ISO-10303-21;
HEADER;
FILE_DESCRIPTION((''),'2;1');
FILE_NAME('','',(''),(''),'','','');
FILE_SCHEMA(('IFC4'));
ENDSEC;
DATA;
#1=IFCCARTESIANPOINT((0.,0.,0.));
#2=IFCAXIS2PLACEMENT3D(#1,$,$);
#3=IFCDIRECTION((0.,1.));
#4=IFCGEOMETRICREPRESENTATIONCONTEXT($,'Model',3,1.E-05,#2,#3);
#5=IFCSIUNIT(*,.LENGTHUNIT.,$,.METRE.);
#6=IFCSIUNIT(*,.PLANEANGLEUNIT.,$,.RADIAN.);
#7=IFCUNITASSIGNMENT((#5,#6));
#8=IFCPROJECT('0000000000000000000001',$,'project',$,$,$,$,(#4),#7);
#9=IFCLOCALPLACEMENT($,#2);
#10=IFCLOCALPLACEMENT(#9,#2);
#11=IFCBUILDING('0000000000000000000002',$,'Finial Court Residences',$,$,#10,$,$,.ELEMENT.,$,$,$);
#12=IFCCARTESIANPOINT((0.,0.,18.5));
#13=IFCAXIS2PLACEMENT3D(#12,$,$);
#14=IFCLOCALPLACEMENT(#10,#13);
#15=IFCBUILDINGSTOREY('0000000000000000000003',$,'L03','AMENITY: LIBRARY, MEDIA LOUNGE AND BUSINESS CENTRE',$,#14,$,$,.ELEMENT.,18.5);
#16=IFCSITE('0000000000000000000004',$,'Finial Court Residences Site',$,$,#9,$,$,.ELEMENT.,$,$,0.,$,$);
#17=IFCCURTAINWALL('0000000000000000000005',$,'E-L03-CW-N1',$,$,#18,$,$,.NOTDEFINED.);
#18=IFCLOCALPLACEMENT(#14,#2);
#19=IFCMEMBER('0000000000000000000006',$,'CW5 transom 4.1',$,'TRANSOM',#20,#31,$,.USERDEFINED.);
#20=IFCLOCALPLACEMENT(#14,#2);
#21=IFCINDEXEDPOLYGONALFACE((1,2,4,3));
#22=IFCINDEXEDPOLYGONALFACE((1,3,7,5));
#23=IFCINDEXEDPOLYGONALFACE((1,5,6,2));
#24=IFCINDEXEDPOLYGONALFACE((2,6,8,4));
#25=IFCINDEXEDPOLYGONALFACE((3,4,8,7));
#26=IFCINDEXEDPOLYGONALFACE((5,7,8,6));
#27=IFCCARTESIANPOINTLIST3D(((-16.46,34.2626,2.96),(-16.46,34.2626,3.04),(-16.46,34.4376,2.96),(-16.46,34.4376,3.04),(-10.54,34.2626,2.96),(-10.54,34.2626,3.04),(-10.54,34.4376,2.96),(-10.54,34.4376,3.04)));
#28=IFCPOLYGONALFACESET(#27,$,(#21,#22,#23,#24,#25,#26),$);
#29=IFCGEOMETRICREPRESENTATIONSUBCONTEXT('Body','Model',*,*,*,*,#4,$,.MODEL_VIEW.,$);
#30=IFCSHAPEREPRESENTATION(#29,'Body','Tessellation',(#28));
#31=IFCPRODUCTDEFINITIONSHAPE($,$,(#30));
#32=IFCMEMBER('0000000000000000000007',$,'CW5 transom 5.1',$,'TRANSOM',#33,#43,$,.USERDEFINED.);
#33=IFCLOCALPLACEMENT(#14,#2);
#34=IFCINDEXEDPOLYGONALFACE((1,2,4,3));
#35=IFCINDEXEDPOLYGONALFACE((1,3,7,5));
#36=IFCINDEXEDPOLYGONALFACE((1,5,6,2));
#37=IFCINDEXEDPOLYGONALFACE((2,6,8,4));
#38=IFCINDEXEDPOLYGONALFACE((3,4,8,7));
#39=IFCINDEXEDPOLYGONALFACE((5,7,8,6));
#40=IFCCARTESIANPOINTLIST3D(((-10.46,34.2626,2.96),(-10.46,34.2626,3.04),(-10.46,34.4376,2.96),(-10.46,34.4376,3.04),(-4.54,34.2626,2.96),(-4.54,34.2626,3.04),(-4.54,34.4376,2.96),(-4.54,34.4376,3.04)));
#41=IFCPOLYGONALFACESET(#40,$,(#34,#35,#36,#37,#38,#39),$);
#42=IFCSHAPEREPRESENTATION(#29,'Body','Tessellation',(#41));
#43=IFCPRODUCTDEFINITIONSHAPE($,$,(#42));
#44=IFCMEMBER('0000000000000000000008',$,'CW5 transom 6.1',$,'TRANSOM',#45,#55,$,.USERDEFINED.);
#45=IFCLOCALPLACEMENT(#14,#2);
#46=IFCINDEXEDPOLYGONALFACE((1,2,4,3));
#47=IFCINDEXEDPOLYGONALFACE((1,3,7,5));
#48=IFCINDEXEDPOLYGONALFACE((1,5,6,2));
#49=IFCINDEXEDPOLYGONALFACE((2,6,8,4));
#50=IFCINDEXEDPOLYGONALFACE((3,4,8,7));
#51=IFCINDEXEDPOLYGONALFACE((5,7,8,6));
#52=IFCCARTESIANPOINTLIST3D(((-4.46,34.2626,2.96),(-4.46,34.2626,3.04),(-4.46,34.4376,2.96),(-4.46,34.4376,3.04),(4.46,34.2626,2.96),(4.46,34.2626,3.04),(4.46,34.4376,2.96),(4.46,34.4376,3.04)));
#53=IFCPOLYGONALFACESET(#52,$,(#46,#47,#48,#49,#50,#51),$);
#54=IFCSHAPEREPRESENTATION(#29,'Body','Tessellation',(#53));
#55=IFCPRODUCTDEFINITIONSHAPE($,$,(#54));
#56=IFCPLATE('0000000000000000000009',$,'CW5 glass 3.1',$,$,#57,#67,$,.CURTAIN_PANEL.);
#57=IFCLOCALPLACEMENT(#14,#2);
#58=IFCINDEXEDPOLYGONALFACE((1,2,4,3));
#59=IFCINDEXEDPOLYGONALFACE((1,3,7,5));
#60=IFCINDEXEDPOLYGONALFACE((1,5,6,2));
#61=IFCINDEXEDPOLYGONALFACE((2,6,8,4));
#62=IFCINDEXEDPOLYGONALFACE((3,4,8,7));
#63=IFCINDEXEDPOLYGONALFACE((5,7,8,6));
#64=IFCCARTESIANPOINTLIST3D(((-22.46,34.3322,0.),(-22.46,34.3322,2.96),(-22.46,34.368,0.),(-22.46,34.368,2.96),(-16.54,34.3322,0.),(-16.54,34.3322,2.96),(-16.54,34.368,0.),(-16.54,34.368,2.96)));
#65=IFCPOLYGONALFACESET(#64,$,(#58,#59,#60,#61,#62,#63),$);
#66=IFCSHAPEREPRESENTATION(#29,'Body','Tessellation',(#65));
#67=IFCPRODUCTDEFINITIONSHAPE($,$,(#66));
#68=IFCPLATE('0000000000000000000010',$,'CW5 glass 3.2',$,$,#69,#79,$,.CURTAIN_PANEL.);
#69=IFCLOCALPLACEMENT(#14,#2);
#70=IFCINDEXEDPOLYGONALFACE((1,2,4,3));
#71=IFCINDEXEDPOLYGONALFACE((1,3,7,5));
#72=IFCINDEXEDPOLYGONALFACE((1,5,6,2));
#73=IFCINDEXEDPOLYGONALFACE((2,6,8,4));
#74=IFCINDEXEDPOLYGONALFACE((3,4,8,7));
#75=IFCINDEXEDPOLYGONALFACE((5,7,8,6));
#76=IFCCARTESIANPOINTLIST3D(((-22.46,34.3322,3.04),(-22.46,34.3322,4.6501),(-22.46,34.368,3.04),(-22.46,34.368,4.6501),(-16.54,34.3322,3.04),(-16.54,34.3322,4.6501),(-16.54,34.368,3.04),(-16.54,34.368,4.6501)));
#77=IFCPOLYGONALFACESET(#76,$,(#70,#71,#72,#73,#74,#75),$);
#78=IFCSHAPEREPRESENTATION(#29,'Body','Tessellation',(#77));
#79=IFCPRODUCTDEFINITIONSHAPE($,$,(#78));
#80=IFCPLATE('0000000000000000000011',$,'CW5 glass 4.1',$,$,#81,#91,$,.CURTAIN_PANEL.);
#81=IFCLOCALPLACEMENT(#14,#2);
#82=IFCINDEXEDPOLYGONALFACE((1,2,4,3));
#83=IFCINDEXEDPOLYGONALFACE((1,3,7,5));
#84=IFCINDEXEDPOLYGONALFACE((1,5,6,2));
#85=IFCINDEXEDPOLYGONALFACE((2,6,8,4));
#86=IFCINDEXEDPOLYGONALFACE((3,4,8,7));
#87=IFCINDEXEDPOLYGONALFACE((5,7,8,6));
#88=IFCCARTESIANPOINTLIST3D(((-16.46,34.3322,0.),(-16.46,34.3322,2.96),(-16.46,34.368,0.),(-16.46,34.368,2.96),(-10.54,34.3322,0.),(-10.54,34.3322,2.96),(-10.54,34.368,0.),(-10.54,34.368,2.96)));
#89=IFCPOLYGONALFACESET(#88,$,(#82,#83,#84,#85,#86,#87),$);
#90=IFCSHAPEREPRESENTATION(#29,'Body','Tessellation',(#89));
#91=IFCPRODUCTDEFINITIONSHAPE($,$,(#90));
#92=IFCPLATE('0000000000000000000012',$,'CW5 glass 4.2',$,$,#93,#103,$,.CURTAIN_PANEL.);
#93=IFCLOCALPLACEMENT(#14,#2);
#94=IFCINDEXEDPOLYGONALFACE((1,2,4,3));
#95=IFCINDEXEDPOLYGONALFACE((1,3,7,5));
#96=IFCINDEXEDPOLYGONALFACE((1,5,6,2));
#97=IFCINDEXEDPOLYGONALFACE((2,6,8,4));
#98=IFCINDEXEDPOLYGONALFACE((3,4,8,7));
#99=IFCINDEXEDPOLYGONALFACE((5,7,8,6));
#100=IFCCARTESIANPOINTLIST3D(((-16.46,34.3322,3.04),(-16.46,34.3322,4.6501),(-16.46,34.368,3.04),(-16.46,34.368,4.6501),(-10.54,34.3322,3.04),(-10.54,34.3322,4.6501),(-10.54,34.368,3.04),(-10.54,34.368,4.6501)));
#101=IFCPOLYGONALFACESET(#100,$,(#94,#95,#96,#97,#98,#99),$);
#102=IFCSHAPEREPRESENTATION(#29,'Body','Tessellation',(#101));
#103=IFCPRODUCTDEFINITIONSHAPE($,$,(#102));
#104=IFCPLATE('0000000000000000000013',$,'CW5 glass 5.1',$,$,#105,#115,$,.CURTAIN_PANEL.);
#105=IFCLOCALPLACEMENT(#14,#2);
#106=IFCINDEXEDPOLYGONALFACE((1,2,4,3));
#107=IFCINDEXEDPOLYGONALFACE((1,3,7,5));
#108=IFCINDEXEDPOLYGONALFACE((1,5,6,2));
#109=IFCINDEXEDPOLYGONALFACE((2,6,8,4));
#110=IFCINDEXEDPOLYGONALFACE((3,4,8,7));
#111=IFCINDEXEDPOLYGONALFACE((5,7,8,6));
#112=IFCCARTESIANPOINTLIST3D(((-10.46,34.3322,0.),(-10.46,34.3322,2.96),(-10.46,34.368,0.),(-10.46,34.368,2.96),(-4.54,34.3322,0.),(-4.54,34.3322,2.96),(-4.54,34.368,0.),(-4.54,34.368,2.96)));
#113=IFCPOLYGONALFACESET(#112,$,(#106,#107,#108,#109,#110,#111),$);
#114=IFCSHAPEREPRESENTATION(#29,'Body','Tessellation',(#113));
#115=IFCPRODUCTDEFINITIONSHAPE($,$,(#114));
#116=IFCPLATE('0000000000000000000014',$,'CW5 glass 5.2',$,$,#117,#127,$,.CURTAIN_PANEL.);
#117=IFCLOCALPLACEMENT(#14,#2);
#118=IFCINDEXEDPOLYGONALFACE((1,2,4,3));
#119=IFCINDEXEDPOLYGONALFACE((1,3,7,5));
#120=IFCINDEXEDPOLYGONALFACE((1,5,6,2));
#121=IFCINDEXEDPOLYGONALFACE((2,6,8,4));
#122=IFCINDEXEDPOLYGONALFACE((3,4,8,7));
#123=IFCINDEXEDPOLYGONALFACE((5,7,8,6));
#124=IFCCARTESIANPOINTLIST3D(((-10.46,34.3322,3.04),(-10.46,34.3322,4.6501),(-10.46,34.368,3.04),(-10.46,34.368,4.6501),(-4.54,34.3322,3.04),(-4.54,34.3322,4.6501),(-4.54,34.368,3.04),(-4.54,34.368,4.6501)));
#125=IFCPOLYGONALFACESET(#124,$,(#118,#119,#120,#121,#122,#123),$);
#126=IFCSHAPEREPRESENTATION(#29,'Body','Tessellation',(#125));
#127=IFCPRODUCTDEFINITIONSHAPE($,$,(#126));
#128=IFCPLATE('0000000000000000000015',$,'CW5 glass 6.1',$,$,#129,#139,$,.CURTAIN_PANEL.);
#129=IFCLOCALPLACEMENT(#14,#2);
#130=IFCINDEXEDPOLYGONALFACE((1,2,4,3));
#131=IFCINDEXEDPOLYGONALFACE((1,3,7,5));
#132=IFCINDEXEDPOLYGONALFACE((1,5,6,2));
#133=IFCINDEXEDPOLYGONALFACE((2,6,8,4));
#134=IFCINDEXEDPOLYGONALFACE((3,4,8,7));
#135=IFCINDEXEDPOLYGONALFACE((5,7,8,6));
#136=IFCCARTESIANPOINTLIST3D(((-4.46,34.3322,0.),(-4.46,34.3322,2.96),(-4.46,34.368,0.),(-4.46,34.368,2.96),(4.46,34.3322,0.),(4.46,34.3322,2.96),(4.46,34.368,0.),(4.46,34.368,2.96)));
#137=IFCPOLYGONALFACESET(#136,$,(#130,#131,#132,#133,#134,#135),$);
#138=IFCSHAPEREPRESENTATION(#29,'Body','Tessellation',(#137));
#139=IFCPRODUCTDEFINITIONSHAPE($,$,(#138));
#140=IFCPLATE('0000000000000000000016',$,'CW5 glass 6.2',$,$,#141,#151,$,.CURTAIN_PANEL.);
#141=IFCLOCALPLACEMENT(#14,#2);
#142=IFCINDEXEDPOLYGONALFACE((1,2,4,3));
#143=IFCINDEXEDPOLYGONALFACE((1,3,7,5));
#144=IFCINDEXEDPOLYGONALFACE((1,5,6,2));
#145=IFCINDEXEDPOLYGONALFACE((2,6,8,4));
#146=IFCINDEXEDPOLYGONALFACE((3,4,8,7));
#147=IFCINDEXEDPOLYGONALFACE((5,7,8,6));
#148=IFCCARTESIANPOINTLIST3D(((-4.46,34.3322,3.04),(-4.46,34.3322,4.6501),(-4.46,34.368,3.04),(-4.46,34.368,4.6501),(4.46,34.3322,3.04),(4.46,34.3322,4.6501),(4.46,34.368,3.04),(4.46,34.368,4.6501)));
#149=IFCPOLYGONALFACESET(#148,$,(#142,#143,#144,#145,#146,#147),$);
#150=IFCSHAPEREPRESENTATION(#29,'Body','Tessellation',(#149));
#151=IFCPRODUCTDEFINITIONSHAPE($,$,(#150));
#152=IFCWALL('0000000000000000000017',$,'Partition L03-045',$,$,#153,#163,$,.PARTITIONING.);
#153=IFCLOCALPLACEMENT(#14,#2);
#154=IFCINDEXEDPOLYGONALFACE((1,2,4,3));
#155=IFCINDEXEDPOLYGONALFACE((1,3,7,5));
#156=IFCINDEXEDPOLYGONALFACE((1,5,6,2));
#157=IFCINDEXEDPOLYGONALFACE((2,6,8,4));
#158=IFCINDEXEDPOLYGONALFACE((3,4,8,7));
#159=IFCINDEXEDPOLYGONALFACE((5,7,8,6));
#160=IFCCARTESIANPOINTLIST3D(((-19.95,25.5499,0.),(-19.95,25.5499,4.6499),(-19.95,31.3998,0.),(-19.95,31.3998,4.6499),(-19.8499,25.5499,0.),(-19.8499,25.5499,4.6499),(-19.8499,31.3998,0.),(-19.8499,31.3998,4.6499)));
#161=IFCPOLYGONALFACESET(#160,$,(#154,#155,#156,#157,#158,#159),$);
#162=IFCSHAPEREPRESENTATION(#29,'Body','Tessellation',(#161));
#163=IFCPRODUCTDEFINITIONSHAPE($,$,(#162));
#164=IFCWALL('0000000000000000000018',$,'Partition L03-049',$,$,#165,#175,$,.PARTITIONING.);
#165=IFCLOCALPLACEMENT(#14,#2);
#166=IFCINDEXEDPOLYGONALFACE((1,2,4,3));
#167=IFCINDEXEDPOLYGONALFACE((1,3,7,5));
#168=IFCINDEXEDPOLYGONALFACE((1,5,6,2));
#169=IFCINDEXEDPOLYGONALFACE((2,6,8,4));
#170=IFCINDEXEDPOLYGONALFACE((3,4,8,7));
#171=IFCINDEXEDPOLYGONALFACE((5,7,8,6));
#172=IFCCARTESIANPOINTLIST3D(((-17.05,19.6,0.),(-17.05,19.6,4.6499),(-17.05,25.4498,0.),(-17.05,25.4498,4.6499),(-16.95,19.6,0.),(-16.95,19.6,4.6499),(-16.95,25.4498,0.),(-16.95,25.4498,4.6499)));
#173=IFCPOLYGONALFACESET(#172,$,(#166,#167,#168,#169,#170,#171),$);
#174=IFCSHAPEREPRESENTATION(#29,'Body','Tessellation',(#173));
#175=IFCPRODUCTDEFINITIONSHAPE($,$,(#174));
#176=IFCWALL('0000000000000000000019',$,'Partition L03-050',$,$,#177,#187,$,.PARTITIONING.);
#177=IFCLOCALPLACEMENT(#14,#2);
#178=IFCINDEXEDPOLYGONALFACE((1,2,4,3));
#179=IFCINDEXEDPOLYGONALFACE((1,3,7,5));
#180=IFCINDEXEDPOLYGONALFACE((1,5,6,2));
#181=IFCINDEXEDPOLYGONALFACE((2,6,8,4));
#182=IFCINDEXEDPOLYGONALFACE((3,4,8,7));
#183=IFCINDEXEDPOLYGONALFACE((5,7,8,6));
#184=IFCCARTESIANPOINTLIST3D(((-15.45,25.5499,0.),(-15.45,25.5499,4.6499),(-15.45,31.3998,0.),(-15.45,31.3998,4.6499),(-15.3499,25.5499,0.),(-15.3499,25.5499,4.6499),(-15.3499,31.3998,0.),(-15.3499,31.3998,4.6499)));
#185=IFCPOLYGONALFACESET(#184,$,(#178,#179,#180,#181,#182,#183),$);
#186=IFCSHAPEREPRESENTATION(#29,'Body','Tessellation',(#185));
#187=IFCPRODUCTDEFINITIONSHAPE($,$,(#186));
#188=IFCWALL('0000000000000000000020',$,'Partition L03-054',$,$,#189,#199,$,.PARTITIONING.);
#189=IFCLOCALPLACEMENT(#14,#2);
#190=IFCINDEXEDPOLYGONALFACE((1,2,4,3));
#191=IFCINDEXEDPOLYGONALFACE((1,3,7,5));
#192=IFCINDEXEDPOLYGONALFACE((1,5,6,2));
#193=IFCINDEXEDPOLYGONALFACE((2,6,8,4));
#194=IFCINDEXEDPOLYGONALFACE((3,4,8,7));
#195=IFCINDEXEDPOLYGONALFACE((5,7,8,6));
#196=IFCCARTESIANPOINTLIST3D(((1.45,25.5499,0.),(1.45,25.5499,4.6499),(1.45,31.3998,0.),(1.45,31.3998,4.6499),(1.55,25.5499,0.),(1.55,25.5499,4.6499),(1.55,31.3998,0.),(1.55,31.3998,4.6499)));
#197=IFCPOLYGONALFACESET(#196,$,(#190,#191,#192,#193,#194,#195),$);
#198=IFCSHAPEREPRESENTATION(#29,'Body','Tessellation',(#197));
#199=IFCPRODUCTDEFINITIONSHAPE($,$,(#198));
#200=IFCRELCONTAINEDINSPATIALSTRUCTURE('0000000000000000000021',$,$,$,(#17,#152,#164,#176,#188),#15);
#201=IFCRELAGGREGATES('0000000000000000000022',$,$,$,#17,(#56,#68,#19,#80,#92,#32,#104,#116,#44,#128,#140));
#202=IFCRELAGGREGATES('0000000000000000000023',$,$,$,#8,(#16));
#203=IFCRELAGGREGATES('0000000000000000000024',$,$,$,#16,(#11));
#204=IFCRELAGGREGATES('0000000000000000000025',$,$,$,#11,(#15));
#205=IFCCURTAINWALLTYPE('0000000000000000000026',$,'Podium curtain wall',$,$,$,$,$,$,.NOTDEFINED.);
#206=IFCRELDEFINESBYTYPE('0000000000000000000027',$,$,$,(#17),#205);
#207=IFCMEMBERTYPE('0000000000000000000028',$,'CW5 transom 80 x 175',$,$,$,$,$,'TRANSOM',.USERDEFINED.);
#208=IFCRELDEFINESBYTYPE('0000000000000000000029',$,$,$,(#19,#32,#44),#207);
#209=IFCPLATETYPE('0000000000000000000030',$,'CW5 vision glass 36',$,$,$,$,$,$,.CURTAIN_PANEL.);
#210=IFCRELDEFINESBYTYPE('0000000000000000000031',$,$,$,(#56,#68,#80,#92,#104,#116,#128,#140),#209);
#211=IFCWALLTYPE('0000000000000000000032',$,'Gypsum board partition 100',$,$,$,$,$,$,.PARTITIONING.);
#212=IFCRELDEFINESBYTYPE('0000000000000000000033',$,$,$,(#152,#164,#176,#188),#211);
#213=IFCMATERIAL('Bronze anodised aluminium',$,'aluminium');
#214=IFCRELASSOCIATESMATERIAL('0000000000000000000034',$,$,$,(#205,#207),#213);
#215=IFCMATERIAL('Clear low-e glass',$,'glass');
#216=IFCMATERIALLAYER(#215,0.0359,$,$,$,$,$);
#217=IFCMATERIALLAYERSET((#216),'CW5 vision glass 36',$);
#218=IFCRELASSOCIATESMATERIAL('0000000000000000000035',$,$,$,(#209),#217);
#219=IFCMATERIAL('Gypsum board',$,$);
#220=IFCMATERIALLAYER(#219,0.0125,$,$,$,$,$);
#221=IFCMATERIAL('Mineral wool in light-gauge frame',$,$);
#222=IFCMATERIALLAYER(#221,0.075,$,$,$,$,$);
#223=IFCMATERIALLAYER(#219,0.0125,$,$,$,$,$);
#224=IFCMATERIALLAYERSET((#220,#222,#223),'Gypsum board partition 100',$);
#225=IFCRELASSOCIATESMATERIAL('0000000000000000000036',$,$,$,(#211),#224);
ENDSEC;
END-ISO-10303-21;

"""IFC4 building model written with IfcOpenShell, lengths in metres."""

from ifc_helpers import new_model, si_unit, direction, frame, frame_2d, origin, origin_2d, place, context, subcontext, project, spatial, rectangle, extrude, material, layer, layer_set, material_profile, profile_set, type_object, element, aggregate, save


model = new_model("IFC4")

# Units and contexts
model_context = context("Model", 3, precision=1e-05, world=origin(), true_north=direction((0.0, 1.0)))
body_context = subcontext(model_context, "Body", "Model", "MODEL_VIEW")
ifc_project = project(units=[si_unit("LENGTHUNIT", "METRE"), si_unit("PLANEANGLEUNIT", "RADIAN")], contexts=[model_context])

# Site, building, storey
site_placement = place(None, origin())
site = spatial("IfcSite", under=ifc_project, at=site_placement, Name="Finial Court Residences Site", CompositionType="ELEMENT", RefElevation=0.0)
building_placement = place(site_placement, origin())
building = spatial("IfcBuilding", under=site, at=building_placement, Name="Finial Court Residences", CompositionType="ELEMENT")
storey_placement = place(building_placement, frame((0.0, 0.0, 18.5)))
storey = spatial("IfcBuildingStorey", under=building, at=storey_placement, Name="L03", Description="AMENITY: LIBRARY, MEDIA LOUNGE AND BUSINESS CENTRE", CompositionType="ELEMENT", Elevation=18.5)

# Curtain wall, members, plates
ifc_material_1 = material(Name="Bronze anodised aluminium", Category="aluminium")
curtain_wall_type = type_object("IfcCurtainWallType", Name="Podium curtain wall", PredefinedType="NOTDEFINED", material=ifc_material_1)
curtain_wall_placement = place(storey_placement, origin())
curtain_wall = element("IfcCurtainWall", 1, at=curtain_wall_placement, inside=storey, type_object=curtain_wall_type, Name="E-L03-CW-N1", PredefinedType="NOTDEFINED")
ifc_material_profile_1 = material_profile(ifc_material_1, rectangle(XDim=0.175, YDim=0.0801, at=origin_2d()), Name="CW5 transom 80 x 175")
ifc_profile_set_1 = profile_set([ifc_material_profile_1], Name="Bronze anodised aluminium")
member_type_1 = type_object("IfcMemberType", Name="CW5 transom 80 x 175", ElementType="TRANSOM", PredefinedType="USERDEFINED", material=ifc_profile_set_1)
member_1_placement = place(storey_placement, frame((-16.46, 34.3501, 3.0), z_axis=(1.0, 0.0, 0.0), x_axis=(0.0, 1.0, 0.0)))
member_1 = element("IfcMember", 2, at=member_1_placement, type_object=member_type_1, Name="CW5 transom 4.1", ObjectType="TRANSOM", PredefinedType="USERDEFINED", context=body_context, shape_type="SweptSolid", body=[
    extrude(rectangle(XDim=0.175, YDim=0.0801, at=origin_2d()), origin(), (0.0, 0.0, 1.0), 5.9199),
])
member_2_placement = place(storey_placement, frame((-10.46, 34.3501, 3.0), z_axis=(1.0, 0.0, 0.0), x_axis=(0.0, 1.0, 0.0)))
member_2 = element("IfcMember", 3, at=member_2_placement, type_object=member_type_1, Name="CW5 transom 5.1", ObjectType="TRANSOM", PredefinedType="USERDEFINED", context=body_context, shape_type="SweptSolid", body=[
    extrude(rectangle(XDim=0.175, YDim=0.0801, at=origin_2d()), origin(), (0.0, 0.0, 1.0), 5.9199),
])
member_3_placement = place(storey_placement, frame((-4.46, 34.3501, 3.0), z_axis=(1.0, 0.0, 0.0), x_axis=(0.0, 1.0, 0.0)))
member_3 = element("IfcMember", 4, at=member_3_placement, type_object=member_type_1, Name="CW5 transom 6.1", ObjectType="TRANSOM", PredefinedType="USERDEFINED", context=body_context, shape_type="SweptSolid", body=[
    extrude(rectangle(XDim=0.175, YDim=0.0801, at=origin_2d()), origin(), (0.0, 0.0, 1.0), 8.9199),
])
ifc_material_2 = material(Name="Clear low-e glass", Category="glass")
ifc_layer_1 = layer(ifc_material_2, 0.0359)
ifc_layer_set_1 = layer_set([ifc_layer_1], Name="CW5 vision glass 36")
plate_type = type_object("IfcPlateType", Name="CW5 vision glass 36", PredefinedType="CURTAIN_PANEL", material=ifc_layer_set_1)
plate_1_placement = place(storey_placement, frame((-19.5, 34.3501, 0.0), z_axis=(0.0, 0.0, 1.0), x_axis=(1.0, 0.0, 0.0)))
plate_1 = element("IfcPlate", 5, at=plate_1_placement, type_object=plate_type, Name="CW5 glass 3.1", PredefinedType="CURTAIN_PANEL", context=body_context, shape_type="SweptSolid", body=[
    extrude(rectangle(XDim=5.9199, YDim=0.0359, at=origin_2d()), origin(), (0.0, 0.0, 1.0), 2.96),
])
plate_2_placement = place(storey_placement, frame((-19.5, 34.3501, 3.04), z_axis=(0.0, 0.0, 1.0), x_axis=(1.0, 0.0, 0.0)))
plate_2 = element("IfcPlate", 6, at=plate_2_placement, type_object=plate_type, Name="CW5 glass 3.2", PredefinedType="CURTAIN_PANEL", context=body_context, shape_type="SweptSolid", body=[
    extrude(rectangle(XDim=5.9199, YDim=0.0359, at=origin_2d()), origin(), (0.0, 0.0, 1.0), 1.6101),
])
plate_3_placement = place(storey_placement, frame((-13.5, 34.3501, 0.0), z_axis=(0.0, 0.0, 1.0), x_axis=(1.0, 0.0, 0.0)))
plate_3 = element("IfcPlate", 7, at=plate_3_placement, type_object=plate_type, Name="CW5 glass 4.1", PredefinedType="CURTAIN_PANEL", context=body_context, shape_type="SweptSolid", body=[
    extrude(rectangle(XDim=5.9199, YDim=0.0359, at=origin_2d()), origin(), (0.0, 0.0, 1.0), 2.96),
])
plate_4_placement = place(storey_placement, frame((-13.5, 34.3501, 3.04), z_axis=(0.0, 0.0, 1.0), x_axis=(1.0, 0.0, 0.0)))
plate_4 = element("IfcPlate", 8, at=plate_4_placement, type_object=plate_type, Name="CW5 glass 4.2", PredefinedType="CURTAIN_PANEL", context=body_context, shape_type="SweptSolid", body=[
    extrude(rectangle(XDim=5.9199, YDim=0.0359, at=origin_2d()), origin(), (0.0, 0.0, 1.0), 1.6101),
])
plate_5_placement = place(storey_placement, frame((-7.5, 34.3501, 0.0), z_axis=(0.0, 0.0, 1.0), x_axis=(1.0, 0.0, 0.0)))
plate_5 = element("IfcPlate", 9, at=plate_5_placement, type_object=plate_type, Name="CW5 glass 5.1", PredefinedType="CURTAIN_PANEL", context=body_context, shape_type="SweptSolid", body=[
    extrude(rectangle(XDim=5.9199, YDim=0.0359, at=origin_2d()), origin(), (0.0, 0.0, 1.0), 2.96),
])
plate_6_placement = place(storey_placement, frame((-7.5, 34.3501, 3.04), z_axis=(0.0, 0.0, 1.0), x_axis=(1.0, 0.0, 0.0)))
plate_6 = element("IfcPlate", 10, at=plate_6_placement, type_object=plate_type, Name="CW5 glass 5.2", PredefinedType="CURTAIN_PANEL", context=body_context, shape_type="SweptSolid", body=[
    extrude(rectangle(XDim=5.9199, YDim=0.0359, at=origin_2d()), origin(), (0.0, 0.0, 1.0), 1.6101),
])
plate_7_placement = place(storey_placement, frame((0.0, 34.3501, 0.0), z_axis=(0.0, 0.0, 1.0), x_axis=(1.0, 0.0, 0.0)))
plate_7 = element("IfcPlate", 11, at=plate_7_placement, type_object=plate_type, Name="CW5 glass 6.1", PredefinedType="CURTAIN_PANEL", context=body_context, shape_type="SweptSolid", body=[
    extrude(rectangle(XDim=8.9199, YDim=0.0359, at=origin_2d()), origin(), (0.0, 0.0, 1.0), 2.96),
])
plate_8_placement = place(storey_placement, frame((0.0, 34.3501, 3.04), z_axis=(0.0, 0.0, 1.0), x_axis=(1.0, 0.0, 0.0)))
plate_8 = element("IfcPlate", 12, at=plate_8_placement, type_object=plate_type, Name="CW5 glass 6.2", PredefinedType="CURTAIN_PANEL", context=body_context, shape_type="SweptSolid", body=[
    extrude(rectangle(XDim=8.9199, YDim=0.0359, at=origin_2d()), origin(), (0.0, 0.0, 1.0), 1.6101),
])
aggregate(curtain_wall, [plate_1, plate_2, member_1, plate_3, plate_4, member_2, plate_5, plate_6, member_3, plate_7, plate_8])

# Walls
ifc_material_3 = material(Name="Gypsum board")
ifc_layer_2 = layer(ifc_material_3, 0.0125)
ifc_material_4 = material(Name="Mineral wool in light-gauge frame")
ifc_layer_3 = layer(ifc_material_4, 0.075)
ifc_layer_4 = layer(ifc_material_3, 0.0125)
ifc_layer_set_2 = layer_set([ifc_layer_2, ifc_layer_3, ifc_layer_4], Name="Gypsum board partition 100")
wall_type = type_object("IfcWallType", Name="Gypsum board partition 100", PredefinedType="PARTITIONING", material=ifc_layer_set_2)
for number, where, z_axis, x_axis, name in (
    (13, (-19.8999, 25.55, 0.0), (0.0, 0.0, 1.0), (0.0, 1.0, 0.0), "Partition L03-045"),
    (14, (-17.0, 19.6001, 0.0), (0.0, 0.0, 1.0), (0.0, 1.0, 0.0), "Partition L03-049"),
    (15, (-15.3999, 25.55, 0.0), (0.0, 0.0, 1.0), (0.0, 1.0, 0.0), "Partition L03-050"),
    (16, (1.5, 25.55, 0.0), (0.0, 0.0, 1.0), (0.0, 1.0, 0.0), "Partition L03-054"),
):
    element("IfcWall", number, at=place(storey_placement, frame(where, z_axis=z_axis, x_axis=x_axis)), inside=storey, type_object=wall_type, Name=name, PredefinedType="PARTITIONING", context=body_context, shape_type="SweptSolid", body=[
        extrude(rectangle(XDim=5.8499, YDim=0.1001, at=frame_2d((2.9248, 0.0))), origin(), (0.0, 0.0, 1.0), 4.6499),
    ])

save(model, "model.ifc")
